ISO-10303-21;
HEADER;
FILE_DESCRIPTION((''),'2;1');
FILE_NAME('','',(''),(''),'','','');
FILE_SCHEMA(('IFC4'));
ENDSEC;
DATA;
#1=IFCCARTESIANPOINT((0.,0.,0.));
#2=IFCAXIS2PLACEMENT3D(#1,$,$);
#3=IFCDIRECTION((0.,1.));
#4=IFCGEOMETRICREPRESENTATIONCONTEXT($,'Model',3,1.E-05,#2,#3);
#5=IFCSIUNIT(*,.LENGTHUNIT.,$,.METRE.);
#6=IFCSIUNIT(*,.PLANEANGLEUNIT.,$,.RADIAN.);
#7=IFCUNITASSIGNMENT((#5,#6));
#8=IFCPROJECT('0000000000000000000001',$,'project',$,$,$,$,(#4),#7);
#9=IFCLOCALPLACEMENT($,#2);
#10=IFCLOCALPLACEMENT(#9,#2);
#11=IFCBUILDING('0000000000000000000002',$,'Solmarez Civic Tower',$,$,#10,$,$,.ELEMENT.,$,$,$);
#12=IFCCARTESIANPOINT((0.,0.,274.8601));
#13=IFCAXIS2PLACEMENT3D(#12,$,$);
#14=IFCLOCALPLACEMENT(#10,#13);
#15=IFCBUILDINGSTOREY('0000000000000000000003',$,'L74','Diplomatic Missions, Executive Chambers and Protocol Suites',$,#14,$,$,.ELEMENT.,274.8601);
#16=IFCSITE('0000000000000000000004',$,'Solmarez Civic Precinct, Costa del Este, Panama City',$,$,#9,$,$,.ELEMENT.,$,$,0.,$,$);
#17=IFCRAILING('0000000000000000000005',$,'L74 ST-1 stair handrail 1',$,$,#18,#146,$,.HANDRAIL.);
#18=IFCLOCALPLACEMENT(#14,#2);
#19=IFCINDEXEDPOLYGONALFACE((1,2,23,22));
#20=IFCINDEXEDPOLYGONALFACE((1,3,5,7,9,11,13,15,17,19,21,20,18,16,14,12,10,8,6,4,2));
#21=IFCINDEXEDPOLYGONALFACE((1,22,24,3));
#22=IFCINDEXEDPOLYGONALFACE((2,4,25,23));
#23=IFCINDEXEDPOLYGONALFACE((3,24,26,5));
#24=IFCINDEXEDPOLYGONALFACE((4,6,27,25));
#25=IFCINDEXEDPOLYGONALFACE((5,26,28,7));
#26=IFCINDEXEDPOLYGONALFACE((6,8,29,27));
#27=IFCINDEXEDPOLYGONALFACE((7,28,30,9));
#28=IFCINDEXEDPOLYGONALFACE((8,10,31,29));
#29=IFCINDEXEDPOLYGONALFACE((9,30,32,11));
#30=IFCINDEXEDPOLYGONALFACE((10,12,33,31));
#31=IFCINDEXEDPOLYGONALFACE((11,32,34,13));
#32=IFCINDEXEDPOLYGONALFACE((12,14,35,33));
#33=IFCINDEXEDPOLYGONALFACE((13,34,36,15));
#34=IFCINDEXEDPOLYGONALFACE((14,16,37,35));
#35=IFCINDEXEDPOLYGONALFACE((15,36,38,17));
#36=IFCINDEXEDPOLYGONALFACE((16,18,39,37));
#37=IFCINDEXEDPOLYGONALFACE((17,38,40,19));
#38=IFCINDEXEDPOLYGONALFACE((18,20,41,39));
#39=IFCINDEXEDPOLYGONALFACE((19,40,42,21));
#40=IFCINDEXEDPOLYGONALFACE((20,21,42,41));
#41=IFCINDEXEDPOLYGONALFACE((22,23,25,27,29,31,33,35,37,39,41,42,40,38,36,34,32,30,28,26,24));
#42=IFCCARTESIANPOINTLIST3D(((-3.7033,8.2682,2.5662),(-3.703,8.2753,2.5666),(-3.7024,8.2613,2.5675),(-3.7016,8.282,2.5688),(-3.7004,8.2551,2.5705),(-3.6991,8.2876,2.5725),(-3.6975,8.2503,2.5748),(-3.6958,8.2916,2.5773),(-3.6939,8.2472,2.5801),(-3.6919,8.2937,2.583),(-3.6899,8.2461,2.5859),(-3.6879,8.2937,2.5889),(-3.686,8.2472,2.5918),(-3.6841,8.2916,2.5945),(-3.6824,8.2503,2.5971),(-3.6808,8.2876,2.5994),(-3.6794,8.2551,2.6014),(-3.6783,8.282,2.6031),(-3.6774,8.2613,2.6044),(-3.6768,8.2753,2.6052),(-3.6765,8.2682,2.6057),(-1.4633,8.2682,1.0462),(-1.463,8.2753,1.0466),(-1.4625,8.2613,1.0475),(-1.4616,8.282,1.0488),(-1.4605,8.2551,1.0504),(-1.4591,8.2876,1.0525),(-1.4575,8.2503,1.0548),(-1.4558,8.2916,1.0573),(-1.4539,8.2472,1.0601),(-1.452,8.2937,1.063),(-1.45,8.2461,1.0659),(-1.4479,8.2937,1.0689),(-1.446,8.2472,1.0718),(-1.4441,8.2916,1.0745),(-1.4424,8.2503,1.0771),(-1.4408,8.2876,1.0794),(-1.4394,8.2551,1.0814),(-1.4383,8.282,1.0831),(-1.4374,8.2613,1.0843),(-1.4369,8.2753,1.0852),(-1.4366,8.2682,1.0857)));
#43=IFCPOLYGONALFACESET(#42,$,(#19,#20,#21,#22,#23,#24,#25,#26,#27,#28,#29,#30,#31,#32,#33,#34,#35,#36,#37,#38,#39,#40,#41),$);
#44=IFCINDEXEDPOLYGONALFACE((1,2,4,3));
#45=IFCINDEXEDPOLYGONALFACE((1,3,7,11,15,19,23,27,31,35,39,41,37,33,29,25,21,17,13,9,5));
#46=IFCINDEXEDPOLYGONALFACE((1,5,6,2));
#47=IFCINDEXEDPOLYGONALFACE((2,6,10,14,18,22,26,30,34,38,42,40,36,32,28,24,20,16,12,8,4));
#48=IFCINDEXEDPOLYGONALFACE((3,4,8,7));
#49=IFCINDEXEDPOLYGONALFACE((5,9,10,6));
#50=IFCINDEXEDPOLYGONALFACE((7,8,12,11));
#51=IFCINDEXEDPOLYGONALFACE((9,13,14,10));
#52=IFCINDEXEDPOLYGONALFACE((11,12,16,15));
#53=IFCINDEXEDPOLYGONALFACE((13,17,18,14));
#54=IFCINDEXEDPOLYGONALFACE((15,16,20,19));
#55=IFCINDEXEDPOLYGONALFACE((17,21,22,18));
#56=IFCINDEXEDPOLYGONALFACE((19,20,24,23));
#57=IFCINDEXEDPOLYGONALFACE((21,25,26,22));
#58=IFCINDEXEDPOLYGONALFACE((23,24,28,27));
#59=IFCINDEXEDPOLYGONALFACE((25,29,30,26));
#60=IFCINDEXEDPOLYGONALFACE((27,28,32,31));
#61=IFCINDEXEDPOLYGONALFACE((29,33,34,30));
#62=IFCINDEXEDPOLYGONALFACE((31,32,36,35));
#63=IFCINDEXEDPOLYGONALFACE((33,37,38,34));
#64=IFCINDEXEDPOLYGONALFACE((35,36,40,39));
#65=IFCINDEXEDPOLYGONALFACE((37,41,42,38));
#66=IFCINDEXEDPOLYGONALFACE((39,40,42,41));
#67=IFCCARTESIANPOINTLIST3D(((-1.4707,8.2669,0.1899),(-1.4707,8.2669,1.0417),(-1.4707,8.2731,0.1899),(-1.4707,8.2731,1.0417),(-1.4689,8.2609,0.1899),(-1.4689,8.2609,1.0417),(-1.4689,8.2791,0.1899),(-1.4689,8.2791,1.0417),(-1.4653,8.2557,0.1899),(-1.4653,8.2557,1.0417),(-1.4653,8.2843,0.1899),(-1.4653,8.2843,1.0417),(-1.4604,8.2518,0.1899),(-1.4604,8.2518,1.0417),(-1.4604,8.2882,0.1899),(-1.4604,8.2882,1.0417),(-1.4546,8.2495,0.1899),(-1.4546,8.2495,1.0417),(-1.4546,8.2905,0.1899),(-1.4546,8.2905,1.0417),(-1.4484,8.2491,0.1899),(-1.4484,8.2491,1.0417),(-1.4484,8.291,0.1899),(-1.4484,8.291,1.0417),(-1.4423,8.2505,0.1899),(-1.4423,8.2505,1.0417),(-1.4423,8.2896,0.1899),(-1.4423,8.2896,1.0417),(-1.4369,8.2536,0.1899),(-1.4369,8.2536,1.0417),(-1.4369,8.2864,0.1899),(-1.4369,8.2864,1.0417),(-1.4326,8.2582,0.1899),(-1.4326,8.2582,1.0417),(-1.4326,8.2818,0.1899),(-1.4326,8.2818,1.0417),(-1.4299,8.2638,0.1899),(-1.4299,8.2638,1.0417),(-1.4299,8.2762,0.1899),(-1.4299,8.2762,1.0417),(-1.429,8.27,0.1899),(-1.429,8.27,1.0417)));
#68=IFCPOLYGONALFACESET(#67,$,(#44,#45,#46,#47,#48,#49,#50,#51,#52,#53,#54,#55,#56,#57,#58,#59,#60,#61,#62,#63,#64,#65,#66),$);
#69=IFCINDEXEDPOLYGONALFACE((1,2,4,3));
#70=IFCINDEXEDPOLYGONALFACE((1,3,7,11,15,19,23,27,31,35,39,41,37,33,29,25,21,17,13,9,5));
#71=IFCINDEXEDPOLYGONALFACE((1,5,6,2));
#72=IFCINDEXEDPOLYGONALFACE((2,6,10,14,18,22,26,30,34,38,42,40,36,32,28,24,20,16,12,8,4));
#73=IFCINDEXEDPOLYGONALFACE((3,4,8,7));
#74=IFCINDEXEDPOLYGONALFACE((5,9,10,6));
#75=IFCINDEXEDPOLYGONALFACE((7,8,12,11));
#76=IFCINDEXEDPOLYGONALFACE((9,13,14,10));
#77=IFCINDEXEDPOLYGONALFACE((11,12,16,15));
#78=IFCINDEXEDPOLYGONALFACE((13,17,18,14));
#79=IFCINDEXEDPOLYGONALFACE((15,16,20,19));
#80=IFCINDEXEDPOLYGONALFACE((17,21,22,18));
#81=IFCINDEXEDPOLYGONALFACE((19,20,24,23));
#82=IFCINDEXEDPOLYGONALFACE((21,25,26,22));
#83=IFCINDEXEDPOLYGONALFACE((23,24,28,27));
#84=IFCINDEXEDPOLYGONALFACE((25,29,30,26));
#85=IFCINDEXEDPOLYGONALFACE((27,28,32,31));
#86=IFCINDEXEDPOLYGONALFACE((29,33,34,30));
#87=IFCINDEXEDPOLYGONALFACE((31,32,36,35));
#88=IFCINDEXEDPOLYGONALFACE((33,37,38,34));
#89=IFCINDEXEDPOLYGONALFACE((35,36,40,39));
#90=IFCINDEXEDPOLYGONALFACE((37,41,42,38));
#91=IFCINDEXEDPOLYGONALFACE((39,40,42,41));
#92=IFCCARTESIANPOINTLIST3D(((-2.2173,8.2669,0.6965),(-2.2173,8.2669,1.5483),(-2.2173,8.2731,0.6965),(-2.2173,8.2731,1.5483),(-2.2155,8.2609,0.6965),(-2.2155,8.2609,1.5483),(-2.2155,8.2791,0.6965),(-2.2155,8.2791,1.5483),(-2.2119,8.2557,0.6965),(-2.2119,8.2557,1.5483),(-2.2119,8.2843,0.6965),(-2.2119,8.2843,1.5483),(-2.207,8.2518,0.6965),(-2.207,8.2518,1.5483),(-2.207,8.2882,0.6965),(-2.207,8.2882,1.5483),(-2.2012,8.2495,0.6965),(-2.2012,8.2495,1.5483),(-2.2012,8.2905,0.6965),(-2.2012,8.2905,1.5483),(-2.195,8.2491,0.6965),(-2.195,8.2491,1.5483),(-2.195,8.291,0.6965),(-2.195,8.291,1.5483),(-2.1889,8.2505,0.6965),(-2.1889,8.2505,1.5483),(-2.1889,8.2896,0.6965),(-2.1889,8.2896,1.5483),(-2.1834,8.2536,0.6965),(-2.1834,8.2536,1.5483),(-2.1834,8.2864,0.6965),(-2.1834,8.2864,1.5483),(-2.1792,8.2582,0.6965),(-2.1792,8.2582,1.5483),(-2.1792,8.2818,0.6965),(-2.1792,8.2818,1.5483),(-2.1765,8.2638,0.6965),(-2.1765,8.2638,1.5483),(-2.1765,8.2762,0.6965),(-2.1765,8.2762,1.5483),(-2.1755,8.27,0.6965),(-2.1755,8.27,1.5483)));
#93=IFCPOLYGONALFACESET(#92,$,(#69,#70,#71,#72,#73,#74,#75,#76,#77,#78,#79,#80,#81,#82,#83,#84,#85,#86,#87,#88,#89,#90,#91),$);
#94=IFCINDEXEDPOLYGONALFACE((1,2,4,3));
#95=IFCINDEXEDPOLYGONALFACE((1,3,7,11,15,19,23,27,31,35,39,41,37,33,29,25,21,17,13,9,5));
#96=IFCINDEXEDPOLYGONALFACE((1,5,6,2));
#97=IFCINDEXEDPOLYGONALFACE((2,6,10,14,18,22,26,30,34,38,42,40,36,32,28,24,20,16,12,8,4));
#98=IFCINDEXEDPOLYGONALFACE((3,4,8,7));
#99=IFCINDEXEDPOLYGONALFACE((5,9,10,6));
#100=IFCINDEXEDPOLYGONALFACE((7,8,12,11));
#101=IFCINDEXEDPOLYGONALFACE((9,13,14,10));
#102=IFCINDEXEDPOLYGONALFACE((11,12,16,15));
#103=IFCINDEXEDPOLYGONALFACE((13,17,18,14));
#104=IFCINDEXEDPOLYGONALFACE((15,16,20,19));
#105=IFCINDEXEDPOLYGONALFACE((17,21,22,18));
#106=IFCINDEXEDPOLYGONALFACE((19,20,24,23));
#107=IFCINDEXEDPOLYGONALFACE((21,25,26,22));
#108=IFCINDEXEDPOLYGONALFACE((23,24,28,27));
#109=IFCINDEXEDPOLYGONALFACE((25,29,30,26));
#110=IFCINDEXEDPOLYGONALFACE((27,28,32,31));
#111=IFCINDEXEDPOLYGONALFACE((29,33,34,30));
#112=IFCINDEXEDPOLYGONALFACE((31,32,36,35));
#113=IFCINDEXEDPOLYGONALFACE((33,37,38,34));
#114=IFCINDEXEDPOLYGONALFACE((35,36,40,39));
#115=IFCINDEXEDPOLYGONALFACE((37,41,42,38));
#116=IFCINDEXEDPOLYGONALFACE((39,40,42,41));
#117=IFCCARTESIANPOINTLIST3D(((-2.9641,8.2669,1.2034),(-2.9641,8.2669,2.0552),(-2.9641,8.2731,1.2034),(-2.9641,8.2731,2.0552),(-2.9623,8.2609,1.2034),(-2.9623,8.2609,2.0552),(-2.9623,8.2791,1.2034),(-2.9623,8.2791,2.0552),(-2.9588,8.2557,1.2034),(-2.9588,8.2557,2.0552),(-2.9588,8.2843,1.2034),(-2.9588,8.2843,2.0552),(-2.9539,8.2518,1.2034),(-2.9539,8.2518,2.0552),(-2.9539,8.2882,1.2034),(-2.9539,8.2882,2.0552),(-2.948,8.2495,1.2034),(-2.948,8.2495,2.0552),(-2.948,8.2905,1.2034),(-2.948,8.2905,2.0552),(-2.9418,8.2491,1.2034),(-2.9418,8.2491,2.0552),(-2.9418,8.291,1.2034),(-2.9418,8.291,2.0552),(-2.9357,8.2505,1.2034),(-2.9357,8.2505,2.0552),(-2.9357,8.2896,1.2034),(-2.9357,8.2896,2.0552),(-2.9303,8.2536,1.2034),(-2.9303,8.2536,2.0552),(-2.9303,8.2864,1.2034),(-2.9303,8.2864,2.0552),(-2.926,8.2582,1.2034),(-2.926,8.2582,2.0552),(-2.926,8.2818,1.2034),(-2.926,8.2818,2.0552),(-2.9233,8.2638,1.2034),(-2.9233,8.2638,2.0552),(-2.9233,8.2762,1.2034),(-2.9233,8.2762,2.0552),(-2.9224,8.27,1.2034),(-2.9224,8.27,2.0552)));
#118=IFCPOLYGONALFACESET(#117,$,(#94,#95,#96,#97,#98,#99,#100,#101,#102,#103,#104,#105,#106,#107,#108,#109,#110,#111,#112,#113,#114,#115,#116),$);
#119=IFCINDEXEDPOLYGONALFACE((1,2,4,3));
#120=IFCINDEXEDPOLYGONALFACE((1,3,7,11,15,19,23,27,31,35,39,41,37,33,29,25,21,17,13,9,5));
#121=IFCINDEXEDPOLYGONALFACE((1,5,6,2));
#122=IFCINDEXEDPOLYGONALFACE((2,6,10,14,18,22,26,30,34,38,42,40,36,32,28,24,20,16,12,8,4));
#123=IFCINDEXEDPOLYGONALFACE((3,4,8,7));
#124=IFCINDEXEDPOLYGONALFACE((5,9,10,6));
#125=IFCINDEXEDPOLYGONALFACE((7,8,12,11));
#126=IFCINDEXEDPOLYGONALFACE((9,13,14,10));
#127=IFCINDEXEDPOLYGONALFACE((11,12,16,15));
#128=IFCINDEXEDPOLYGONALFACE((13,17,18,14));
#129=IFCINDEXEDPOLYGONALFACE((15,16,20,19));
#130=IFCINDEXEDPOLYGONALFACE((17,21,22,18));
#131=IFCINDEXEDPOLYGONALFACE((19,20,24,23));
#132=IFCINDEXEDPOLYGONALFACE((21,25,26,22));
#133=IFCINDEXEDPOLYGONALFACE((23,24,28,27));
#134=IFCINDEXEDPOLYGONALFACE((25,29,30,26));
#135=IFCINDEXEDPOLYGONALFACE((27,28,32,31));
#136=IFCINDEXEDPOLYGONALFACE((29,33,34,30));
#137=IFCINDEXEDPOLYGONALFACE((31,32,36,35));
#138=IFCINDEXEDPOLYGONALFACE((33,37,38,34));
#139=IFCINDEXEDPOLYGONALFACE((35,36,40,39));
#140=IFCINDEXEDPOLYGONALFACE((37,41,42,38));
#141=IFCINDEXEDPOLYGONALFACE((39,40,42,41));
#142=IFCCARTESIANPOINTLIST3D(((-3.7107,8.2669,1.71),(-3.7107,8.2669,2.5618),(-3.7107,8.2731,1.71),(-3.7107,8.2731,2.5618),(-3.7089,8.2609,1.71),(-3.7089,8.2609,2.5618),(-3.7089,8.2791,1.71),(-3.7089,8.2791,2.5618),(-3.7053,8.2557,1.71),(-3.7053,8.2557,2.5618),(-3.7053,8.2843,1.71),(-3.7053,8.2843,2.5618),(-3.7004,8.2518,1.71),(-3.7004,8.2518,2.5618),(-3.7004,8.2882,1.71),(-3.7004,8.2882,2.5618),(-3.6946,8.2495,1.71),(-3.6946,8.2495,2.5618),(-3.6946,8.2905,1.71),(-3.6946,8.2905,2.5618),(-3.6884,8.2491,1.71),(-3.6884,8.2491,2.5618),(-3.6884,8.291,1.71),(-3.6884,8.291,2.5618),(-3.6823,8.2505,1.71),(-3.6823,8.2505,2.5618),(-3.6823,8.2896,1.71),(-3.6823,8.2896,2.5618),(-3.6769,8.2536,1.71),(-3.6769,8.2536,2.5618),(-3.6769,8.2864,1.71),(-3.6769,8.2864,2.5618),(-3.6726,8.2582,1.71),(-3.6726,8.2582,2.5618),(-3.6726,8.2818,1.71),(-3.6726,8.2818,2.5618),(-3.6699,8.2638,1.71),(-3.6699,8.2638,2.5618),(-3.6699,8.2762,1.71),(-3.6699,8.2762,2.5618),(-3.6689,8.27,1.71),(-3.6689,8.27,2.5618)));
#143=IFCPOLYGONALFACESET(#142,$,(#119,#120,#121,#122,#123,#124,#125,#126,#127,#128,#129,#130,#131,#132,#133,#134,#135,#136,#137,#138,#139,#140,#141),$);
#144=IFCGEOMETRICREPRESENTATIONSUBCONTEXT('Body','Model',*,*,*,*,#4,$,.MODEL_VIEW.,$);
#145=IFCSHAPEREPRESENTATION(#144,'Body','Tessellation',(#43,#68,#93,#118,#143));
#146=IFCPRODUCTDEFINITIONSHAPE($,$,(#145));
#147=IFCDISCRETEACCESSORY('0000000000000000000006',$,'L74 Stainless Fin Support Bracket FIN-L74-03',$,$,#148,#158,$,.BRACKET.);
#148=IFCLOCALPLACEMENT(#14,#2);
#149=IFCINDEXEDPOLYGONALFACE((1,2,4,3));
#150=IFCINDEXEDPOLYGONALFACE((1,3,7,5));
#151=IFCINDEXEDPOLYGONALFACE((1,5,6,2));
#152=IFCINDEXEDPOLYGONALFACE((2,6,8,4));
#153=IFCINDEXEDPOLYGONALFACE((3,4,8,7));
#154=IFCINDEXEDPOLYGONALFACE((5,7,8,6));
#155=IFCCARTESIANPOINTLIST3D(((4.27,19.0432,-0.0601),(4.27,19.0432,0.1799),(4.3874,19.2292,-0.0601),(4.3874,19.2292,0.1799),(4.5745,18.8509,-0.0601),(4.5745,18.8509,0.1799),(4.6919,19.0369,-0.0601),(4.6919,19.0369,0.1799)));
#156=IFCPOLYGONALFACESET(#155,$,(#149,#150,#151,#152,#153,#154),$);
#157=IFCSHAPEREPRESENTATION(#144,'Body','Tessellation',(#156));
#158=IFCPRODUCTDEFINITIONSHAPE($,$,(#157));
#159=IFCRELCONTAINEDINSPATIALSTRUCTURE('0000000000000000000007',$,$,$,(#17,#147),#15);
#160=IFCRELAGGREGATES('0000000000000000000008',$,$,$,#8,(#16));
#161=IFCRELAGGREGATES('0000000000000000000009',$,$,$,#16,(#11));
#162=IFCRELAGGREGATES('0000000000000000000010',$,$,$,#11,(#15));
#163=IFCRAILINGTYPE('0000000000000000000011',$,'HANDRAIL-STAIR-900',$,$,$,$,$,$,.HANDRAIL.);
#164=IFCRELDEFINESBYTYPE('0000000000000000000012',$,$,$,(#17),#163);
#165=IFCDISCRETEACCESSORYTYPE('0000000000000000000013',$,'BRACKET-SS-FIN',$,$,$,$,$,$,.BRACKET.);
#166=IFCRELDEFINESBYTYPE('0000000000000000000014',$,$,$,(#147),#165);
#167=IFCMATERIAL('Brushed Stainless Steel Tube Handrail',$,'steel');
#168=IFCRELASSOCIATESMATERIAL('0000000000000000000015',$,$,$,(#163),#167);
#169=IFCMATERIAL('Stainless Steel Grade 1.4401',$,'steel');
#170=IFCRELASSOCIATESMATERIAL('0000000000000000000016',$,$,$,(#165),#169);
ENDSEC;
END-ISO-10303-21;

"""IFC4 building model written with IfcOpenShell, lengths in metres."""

from ifc_helpers import new_model, si_unit, direction, frame, origin, origin_2d, place, context, subcontext, project, spatial, rectangle, circle, extrude, material, type_object, element, save


model = new_model("IFC4")

# Units and contexts
model_context = context("Model", 3, precision=1e-05, world=origin(), true_north=direction((0.0, 1.0)))
body_context = subcontext(model_context, "Body", "Model", "MODEL_VIEW")
ifc_project = project(units=[si_unit("LENGTHUNIT", "METRE"), si_unit("PLANEANGLEUNIT", "RADIAN")], contexts=[model_context])

# Site, building, storey
site_placement = place(None, origin())
site = spatial("IfcSite", under=ifc_project, at=site_placement, Name="Solmarez Civic Precinct, Costa del Este, Panama City", CompositionType="ELEMENT", RefElevation=0.0)
building_placement = place(site_placement, origin())
building = spatial("IfcBuilding", under=site, at=building_placement, Name="Solmarez Civic Tower", CompositionType="ELEMENT")
storey_placement = place(building_placement, frame((0.0, 0.0, 274.8601)))
storey = spatial("IfcBuildingStorey", under=building, at=storey_placement, Name="L74", Description="Diplomatic Missions, Executive Chambers and Protocol Suites", CompositionType="ELEMENT", Elevation=274.8601)

# Railing
ifc_material_1 = material(Name="Brushed Stainless Steel Tube Handrail", Category="steel")
railing_type_1 = type_object("IfcRailingType", Name="HANDRAIL-STAIR-900", PredefinedType="HANDRAIL", material=ifc_material_1)
railing_1_placement = place(storey_placement, frame((-1.45, 8.27, 0.1899)))
element("IfcRailing", 1, at=railing_1_placement, inside=storey, type_object=railing_type_1, Name="L74 ST-1 stair handrail 1", PredefinedType="HANDRAIL", context=body_context, shape_type="SweptSolid", body=[
    extrude(circle(Radius=0.0239, at=origin_2d()), frame((0.0, 0.0, 0.876), z_axis=(-0.827471, 0.0, 0.561508), x_axis=(0.0, -1.0, 0.0)), (0.0, 0.0, 1.0), 2.707),
    extrude(circle(Radius=0.021, at=origin_2d()), origin(), (0.0, 0.0, 1.0), 0.8518),
    extrude(circle(Radius=0.021, at=origin_2d()), frame((-0.7466, 0.0, 0.5066)), (0.0, 0.0, 1.0), 0.8518),
    extrude(circle(Radius=0.021, at=origin_2d()), frame((-1.4934, 0.0, 1.0134)), (0.0, 0.0, 1.0), 0.8518),
    extrude(circle(Radius=0.021, at=origin_2d()), frame((-2.24, 0.0, 1.52)), (0.0, 0.0, 1.0), 0.8518),
])

# Discrete accessory
ifc_material_2 = material(Name="Stainless Steel Grade 1.4401", Category="steel")
discrete_accessory_type = type_object("IfcDiscreteAccessoryType", Name="BRACKET-SS-FIN", PredefinedType="BRACKET", material=ifc_material_2)
discrete_accessory_placement = place(storey_placement, frame((4.481, 19.04, -0.0601), z_axis=(0.0, 0.0, 1.0), x_axis=(-0.845504, 0.53397, 0.0)))
element("IfcDiscreteAccessory", 2, at=discrete_accessory_placement, inside=storey, type_object=discrete_accessory_type, Name="L74 Stainless Fin Support Bracket FIN-L74-03", PredefinedType="BRACKET", context=body_context, shape_type="SweptSolid", body=[
    extrude(rectangle(XDim=0.3601, YDim=0.22, at=origin_2d()), origin(), (0.0, 0.0, 1.0), 0.24),
])

save(model, "model.ifc")
